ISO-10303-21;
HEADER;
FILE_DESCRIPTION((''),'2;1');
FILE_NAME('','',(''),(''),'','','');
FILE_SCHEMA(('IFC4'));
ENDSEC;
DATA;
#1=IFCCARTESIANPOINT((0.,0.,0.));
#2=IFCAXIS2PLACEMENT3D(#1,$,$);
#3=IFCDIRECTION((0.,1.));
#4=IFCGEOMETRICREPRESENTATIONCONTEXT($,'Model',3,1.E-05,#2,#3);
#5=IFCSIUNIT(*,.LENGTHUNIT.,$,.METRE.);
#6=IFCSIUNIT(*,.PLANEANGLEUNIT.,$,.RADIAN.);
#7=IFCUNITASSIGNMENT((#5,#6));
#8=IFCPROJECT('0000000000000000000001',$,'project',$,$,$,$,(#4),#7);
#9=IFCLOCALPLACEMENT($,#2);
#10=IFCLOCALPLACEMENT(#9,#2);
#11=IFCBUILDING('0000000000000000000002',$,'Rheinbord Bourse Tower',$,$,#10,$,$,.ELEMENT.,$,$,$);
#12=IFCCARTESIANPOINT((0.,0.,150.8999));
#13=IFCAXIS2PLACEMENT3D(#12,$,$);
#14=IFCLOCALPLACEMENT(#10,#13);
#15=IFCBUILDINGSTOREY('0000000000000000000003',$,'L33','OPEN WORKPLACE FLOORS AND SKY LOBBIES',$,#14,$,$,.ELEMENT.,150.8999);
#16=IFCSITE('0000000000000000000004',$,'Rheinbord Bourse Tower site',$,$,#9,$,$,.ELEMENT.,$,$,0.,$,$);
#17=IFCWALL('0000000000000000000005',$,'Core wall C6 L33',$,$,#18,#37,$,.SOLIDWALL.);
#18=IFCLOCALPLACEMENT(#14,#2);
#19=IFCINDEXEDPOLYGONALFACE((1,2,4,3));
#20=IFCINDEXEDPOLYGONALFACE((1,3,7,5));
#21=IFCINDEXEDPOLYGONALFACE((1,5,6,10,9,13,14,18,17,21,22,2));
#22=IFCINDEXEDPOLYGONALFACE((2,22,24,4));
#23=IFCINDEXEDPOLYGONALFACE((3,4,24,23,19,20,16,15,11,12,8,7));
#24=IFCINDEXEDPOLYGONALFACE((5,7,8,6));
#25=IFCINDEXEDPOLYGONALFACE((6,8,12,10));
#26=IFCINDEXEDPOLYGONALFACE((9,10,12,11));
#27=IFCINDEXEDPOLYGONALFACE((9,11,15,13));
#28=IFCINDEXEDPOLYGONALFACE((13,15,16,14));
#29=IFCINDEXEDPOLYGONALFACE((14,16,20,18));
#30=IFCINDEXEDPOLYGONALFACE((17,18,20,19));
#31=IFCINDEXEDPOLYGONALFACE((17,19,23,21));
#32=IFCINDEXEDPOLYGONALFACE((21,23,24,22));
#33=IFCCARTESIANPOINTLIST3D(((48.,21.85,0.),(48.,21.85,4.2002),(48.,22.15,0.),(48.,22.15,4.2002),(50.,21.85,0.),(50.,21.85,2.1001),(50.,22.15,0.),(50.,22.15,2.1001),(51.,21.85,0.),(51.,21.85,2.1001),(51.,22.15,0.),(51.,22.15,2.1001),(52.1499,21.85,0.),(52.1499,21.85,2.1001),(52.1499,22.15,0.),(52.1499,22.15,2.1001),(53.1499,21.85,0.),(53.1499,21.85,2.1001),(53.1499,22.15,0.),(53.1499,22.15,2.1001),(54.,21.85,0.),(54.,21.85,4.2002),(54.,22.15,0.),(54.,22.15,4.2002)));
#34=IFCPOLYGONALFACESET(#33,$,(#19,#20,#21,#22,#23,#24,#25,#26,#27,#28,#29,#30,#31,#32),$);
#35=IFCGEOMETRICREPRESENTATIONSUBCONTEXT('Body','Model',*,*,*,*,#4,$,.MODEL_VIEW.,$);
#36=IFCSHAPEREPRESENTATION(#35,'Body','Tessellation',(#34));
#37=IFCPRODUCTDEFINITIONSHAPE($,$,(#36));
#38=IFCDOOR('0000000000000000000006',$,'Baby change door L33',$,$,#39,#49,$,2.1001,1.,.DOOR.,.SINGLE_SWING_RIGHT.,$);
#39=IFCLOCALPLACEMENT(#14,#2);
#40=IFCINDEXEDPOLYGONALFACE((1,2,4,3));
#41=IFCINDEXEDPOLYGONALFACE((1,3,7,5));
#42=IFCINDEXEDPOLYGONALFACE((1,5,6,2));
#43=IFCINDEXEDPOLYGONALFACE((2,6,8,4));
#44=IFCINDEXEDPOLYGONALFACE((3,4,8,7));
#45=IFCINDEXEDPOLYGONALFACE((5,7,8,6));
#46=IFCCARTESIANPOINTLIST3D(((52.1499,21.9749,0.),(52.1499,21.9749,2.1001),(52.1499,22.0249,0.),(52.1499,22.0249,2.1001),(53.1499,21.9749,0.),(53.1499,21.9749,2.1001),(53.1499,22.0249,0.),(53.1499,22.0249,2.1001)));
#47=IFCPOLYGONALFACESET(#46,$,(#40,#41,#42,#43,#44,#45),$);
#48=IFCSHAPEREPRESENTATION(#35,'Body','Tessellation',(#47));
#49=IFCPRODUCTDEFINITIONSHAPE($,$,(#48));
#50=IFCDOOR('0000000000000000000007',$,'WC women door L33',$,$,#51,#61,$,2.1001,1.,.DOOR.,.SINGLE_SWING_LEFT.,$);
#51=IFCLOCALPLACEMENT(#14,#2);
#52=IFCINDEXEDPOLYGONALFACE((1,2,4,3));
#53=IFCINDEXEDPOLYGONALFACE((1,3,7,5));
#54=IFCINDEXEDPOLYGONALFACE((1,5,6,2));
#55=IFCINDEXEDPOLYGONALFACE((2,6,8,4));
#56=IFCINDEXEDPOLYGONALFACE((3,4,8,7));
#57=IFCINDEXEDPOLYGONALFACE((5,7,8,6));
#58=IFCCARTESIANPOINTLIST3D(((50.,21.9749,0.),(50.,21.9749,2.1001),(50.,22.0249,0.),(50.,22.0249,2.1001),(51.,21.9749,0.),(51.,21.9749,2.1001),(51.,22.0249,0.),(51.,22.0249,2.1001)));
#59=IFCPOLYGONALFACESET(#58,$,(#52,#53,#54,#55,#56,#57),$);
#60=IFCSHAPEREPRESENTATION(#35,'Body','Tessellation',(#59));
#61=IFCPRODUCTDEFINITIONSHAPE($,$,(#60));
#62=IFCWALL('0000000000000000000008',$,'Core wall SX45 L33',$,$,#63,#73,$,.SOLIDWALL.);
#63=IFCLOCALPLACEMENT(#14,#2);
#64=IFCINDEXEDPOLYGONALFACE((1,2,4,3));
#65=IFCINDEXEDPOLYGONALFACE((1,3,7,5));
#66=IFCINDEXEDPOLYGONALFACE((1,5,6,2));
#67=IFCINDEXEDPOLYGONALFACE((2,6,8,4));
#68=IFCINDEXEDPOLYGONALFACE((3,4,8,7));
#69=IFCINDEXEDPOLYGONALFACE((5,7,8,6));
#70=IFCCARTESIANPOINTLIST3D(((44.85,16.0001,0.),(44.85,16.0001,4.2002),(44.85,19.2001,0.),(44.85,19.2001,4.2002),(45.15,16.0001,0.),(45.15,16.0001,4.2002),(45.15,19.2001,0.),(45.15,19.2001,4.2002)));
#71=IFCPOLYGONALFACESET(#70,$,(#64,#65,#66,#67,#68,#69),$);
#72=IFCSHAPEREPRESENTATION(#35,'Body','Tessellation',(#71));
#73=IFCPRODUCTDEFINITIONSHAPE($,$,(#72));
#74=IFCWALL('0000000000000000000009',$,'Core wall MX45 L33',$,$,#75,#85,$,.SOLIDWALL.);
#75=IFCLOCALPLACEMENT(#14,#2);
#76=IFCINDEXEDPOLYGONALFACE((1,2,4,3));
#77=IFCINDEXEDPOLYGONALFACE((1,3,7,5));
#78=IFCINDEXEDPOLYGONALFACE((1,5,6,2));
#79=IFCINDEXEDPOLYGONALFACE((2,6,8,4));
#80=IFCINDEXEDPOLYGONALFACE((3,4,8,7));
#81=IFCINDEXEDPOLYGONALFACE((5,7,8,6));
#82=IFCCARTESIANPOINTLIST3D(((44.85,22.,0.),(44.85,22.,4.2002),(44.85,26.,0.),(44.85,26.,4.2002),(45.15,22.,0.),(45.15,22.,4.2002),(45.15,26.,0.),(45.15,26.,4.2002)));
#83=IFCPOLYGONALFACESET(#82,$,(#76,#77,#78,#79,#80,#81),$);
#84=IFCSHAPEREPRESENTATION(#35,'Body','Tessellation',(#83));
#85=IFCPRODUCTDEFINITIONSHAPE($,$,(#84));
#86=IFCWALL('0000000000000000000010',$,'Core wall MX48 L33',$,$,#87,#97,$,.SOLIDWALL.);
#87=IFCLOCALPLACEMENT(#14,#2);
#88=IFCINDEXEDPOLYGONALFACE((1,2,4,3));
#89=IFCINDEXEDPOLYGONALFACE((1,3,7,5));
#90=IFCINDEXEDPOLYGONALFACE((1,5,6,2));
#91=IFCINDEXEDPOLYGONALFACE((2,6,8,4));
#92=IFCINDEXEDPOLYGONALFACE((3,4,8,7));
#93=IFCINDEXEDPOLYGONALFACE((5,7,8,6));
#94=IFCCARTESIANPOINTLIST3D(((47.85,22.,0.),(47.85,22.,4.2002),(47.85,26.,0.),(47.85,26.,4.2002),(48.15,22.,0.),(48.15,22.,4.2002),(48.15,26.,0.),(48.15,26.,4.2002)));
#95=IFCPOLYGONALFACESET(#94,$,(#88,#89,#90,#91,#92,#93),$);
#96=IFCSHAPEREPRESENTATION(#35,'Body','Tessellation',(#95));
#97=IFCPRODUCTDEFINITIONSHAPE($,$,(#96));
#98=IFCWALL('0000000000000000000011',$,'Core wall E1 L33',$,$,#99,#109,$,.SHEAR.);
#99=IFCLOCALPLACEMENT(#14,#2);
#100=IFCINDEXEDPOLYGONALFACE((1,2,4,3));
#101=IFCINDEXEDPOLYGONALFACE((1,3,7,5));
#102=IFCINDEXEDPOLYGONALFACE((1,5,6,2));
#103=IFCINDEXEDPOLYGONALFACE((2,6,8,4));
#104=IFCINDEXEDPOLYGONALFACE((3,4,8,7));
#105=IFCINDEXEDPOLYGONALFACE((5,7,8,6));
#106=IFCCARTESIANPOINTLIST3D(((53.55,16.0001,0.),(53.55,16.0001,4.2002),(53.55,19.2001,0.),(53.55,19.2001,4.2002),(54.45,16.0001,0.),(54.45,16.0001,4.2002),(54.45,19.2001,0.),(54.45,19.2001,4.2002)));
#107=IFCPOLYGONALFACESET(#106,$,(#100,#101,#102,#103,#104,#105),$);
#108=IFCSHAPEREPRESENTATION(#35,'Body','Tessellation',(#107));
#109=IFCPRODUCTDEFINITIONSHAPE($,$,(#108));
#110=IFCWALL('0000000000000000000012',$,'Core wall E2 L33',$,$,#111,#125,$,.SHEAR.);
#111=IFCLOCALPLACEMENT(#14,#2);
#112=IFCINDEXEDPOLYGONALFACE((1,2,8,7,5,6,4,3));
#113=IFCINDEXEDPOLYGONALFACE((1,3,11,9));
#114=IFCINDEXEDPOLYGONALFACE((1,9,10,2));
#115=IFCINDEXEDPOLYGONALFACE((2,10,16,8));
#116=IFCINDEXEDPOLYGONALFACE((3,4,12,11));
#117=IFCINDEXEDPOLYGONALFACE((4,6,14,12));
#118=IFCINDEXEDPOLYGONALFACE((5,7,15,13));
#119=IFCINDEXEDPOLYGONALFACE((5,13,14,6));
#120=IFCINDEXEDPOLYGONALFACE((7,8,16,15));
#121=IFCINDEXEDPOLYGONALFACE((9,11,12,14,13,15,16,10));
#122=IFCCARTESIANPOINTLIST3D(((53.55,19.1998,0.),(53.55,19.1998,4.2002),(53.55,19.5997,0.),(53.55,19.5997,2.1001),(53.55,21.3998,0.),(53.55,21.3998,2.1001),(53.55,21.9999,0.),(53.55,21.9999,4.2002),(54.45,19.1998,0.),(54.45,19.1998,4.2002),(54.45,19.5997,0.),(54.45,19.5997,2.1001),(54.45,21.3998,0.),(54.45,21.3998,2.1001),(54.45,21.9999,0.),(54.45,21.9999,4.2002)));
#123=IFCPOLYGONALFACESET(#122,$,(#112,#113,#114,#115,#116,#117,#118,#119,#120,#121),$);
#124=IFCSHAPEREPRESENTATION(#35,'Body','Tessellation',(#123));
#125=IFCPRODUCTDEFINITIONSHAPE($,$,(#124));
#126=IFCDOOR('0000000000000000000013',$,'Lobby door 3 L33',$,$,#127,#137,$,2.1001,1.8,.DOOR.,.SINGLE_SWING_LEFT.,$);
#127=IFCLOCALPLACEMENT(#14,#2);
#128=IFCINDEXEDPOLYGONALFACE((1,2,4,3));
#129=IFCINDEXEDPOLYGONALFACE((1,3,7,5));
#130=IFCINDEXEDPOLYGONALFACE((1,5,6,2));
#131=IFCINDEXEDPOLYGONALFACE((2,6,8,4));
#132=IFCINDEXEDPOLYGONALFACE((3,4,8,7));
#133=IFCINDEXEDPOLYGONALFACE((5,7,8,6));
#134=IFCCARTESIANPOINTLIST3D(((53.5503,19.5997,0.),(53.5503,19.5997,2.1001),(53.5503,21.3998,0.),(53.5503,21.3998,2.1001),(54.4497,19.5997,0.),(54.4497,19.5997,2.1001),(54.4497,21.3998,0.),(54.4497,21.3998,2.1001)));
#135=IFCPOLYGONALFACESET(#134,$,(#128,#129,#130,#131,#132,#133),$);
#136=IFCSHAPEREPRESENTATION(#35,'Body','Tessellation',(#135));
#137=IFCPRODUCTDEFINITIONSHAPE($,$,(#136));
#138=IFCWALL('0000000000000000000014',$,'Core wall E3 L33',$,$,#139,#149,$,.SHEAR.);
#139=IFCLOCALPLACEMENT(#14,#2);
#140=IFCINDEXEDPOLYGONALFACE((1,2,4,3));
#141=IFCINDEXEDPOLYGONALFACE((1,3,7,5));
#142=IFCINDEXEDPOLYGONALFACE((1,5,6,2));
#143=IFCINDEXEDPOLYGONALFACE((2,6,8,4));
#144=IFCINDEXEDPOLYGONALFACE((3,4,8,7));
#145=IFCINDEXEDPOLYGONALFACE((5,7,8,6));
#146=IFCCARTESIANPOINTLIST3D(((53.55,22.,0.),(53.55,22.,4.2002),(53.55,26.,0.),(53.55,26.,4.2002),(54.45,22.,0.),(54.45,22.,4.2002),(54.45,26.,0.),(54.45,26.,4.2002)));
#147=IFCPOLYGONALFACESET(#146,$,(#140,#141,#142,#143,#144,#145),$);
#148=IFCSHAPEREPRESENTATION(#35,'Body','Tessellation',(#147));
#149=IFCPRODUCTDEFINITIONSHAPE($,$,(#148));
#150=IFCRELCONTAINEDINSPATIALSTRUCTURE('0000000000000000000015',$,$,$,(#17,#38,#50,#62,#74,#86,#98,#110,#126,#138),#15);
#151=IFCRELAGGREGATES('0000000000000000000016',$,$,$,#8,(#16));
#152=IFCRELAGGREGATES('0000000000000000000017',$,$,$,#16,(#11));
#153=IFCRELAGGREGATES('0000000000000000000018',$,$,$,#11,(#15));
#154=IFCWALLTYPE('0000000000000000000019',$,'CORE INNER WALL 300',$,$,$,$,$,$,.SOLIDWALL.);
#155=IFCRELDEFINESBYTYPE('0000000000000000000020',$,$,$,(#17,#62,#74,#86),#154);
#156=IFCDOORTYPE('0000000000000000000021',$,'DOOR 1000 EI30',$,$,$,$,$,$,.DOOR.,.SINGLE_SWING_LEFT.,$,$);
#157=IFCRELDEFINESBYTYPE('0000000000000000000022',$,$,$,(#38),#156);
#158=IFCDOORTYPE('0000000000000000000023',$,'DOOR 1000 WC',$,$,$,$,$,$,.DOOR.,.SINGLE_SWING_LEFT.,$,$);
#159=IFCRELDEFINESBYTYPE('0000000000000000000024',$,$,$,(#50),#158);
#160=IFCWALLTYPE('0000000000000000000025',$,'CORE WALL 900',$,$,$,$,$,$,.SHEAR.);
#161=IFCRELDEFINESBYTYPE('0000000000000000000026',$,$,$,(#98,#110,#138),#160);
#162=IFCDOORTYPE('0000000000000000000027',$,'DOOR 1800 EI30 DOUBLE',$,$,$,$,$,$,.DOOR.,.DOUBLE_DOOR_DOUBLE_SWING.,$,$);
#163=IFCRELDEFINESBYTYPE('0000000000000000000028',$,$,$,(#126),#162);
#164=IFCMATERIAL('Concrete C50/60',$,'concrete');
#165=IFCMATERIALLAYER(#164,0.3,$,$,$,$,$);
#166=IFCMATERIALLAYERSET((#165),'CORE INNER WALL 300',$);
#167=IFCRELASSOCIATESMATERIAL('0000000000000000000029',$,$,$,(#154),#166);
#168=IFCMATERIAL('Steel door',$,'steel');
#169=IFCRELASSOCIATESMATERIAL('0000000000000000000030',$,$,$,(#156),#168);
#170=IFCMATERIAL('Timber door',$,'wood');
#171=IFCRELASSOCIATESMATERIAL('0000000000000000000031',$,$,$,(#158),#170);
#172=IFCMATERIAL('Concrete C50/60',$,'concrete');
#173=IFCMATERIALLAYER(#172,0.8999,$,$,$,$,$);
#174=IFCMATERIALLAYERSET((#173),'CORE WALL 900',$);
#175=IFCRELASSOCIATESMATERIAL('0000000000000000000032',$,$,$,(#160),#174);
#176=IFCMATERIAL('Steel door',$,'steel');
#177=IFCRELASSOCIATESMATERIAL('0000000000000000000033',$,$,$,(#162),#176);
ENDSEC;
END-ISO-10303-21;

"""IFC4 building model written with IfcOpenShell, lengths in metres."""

from ifc_helpers import new_model, si_unit, direction, frame, frame_2d, origin, place, context, subcontext, project, spatial, rectangle, extrude, material, layer, layer_set, type_object, element, fill, save


model = new_model("IFC4")

# Units and contexts
model_context = context("Model", 3, precision=1e-05, world=origin(), true_north=direction((0.0, 1.0)))
body_context = subcontext(model_context, "Body", "Model", "MODEL_VIEW")
ifc_project = project(units=[si_unit("LENGTHUNIT", "METRE"), si_unit("PLANEANGLEUNIT", "RADIAN")], contexts=[model_context])

# Site, building, storey
site_placement = place(None, origin())
site = spatial("IfcSite", under=ifc_project, at=site_placement, Name="Rheinbord Bourse Tower site", CompositionType="ELEMENT", RefElevation=0.0)
building_placement = place(site_placement, origin())
building = spatial("IfcBuilding", under=site, at=building_placement, Name="Rheinbord Bourse Tower", CompositionType="ELEMENT")
storey_placement = place(building_placement, frame((0.0, 0.0, 150.8999)))
storey = spatial("IfcBuildingStorey", under=building, at=storey_placement, Name="L33", Description="OPEN WORKPLACE FLOORS AND SKY LOBBIES", CompositionType="ELEMENT", Elevation=150.8999)

# Shared definitions
ifc_material_1 = material(Name="Concrete C50/60", Category="concrete")
ifc_layer_1 = layer(ifc_material_1, 0.3)
ifc_layer_set_1 = layer_set([ifc_layer_1], Name="CORE INNER WALL 300")
wall_type_1 = type_object("IfcWallType", Name="CORE INNER WALL 300", PredefinedType="SOLIDWALL", material=ifc_layer_set_1)
ifc_material_2 = material(Name="Steel door", Category="steel")
door_type_1 = type_object("IfcDoorType", Name="DOOR 1000 EI30", OperationType="SINGLE_SWING_LEFT", PredefinedType="DOOR", material=ifc_material_2)
ifc_material_3 = material(Name="Timber door", Category="wood")
door_type_2 = type_object("IfcDoorType", Name="DOOR 1000 WC", OperationType="SINGLE_SWING_LEFT", PredefinedType="DOOR", material=ifc_material_3)

# Wall, openings, doors
wall_1_placement = place(storey_placement, frame((48.0, 22.0, 0.0), z_axis=(0.0, 0.0, 1.0), x_axis=(1.0, 0.0, 0.0)))
wall_1 = element("IfcWall", 1, at=wall_1_placement, inside=storey, type_object=wall_type_1, Name="Core wall C6 L33", PredefinedType="SOLIDWALL", context=body_context, shape_type="SweptSolid", body=[
    extrude(rectangle(XDim=6.0, YDim=0.3, at=frame_2d((3.0, 0.0))), origin(), (0.0, 0.0, 1.0), 4.2002),
])
opening_1_placement = place(wall_1_placement, frame((2.0, 0.0, 0.0)))
opening_1 = element("IfcOpeningElement", 2, at=opening_1_placement, cuts=wall_1, PredefinedType="OPENING", context=body_context, shape_type="SweptSolid", body=[
    extrude(rectangle(XDim=1.0, YDim=2.1001, at=frame_2d((0.5, 1.05))), frame((0.0, 0.1599, 0.0), z_axis=(0.0, -1.0, 0.0), x_axis=(1.0, 0.0, 0.0)), (0.0, 0.0, 1.0), 0.3201),
])
opening_2_placement = place(wall_1_placement, frame((4.1499, 0.0, 0.0)))
opening_2 = element("IfcOpeningElement", 3, at=opening_2_placement, cuts=wall_1, PredefinedType="OPENING", context=body_context, shape_type="SweptSolid", body=[
    extrude(rectangle(XDim=1.0, YDim=2.1001, at=frame_2d((0.5, 1.05))), frame((0.0, 0.1599, 0.0), z_axis=(0.0, -1.0, 0.0), x_axis=(1.0, 0.0, 0.0)), (0.0, 0.0, 1.0), 0.3201),
])
door_1_placement = place(opening_2_placement, origin())
door_1 = element("IfcDoor", 4, at=door_1_placement, inside=storey, type_object=door_type_1, Name="Baby change door L33", OperationType="SINGLE_SWING_RIGHT", OverallHeight=2.1001, OverallWidth=1.0, PredefinedType="DOOR", context=body_context, shape_type="SweptSolid", body=[
    extrude(rectangle(XDim=1.0, YDim=2.1001, at=frame_2d((0.5, 1.05))), frame((0.0, 0.0249, 0.0), z_axis=(0.0, -1.0, 0.0), x_axis=(1.0, 0.0, 0.0)), (0.0, 0.0, 1.0), 0.05),
])
fill(opening_2, door_1)
door_2_placement = place(opening_1_placement, origin())
door_2 = element("IfcDoor", 5, at=door_2_placement, inside=storey, type_object=door_type_2, Name="WC women door L33", OperationType="SINGLE_SWING_LEFT", OverallHeight=2.1001, OverallWidth=1.0, PredefinedType="DOOR", context=body_context, shape_type="SweptSolid", body=[
    extrude(rectangle(XDim=1.0, YDim=2.1001, at=frame_2d((0.5, 1.05))), frame((0.0, 0.0249, 0.0), z_axis=(0.0, -1.0, 0.0), x_axis=(1.0, 0.0, 0.0)), (0.0, 0.0, 1.0), 0.05),
])
fill(opening_1, door_2)

# Walls
wall_2_placement = place(storey_placement, frame((45.0, 16.0, 0.0), z_axis=(0.0, 0.0, 1.0), x_axis=(0.0, 1.0, 0.0)))
element("IfcWall", 6, at=wall_2_placement, inside=storey, type_object=wall_type_1, Name="Core wall SX45 L33", PredefinedType="SOLIDWALL", context=body_context, shape_type="SweptSolid", body=[
    extrude(rectangle(XDim=3.2, YDim=0.3, at=frame_2d((1.6001, 0.0))), origin(), (0.0, 0.0, 1.0), 4.2002),
])
for number, where, z_axis, x_axis, name in (
    (7, (45.0, 22.0, 0.0), (0.0, 0.0, 1.0), (0.0, 1.0, 0.0), "Core wall MX45 L33"),
    (8, (48.0, 22.0, 0.0), (0.0, 0.0, 1.0), (0.0, 1.0, 0.0), "Core wall MX48 L33"),
):
    element("IfcWall", number, at=place(storey_placement, frame(where, z_axis=z_axis, x_axis=x_axis)), inside=storey, type_object=wall_type_1, Name=name, PredefinedType="SOLIDWALL", context=body_context, shape_type="SweptSolid", body=[
        extrude(rectangle(XDim=4.0, YDim=0.3, at=frame_2d((2.0, 0.0))), origin(), (0.0, 0.0, 1.0), 4.2002),
    ])
ifc_material_4 = material(Name="Concrete C50/60", Category="concrete")
ifc_layer_2 = layer(ifc_material_4, 0.8999)
ifc_layer_set_2 = layer_set([ifc_layer_2], Name="CORE WALL 900")
wall_type_2 = type_object("IfcWallType", Name="CORE WALL 900", PredefinedType="SHEAR", material=ifc_layer_set_2)
wall_3_placement = place(storey_placement, frame((54.0, 16.0, 0.0), z_axis=(0.0, 0.0, 1.0), x_axis=(0.0, 1.0, 0.0)))
element("IfcWall", 9, at=wall_3_placement, inside=storey, type_object=wall_type_2, Name="Core wall E1 L33", PredefinedType="SHEAR", context=body_context, shape_type="SweptSolid", body=[
    extrude(rectangle(XDim=3.2, YDim=0.8999, at=frame_2d((1.6001, 0.0))), origin(), (0.0, 0.0, 1.0), 4.2002),
])

# Wall, opening, door
wall_4_placement = place(storey_placement, frame((54.0, 19.2, 0.0), z_axis=(0.0, 0.0, 1.0), x_axis=(0.0, 1.0, 0.0)))
wall_4 = element("IfcWall", 10, at=wall_4_placement, inside=storey, type_object=wall_type_2, Name="Core wall E2 L33", PredefinedType="SHEAR", context=body_context, shape_type="SweptSolid", body=[
    extrude(rectangle(XDim=2.8, YDim=0.8999, at=frame_2d((1.3999, 0.0))), origin(), (0.0, 0.0, 1.0), 4.2002),
])
opening_3_placement = place(wall_4_placement, frame((0.3999, 0.0, 0.0)))
opening_3 = element("IfcOpeningElement", 11, at=opening_3_placement, cuts=wall_4, PredefinedType="OPENING", context=body_context, shape_type="SweptSolid", body=[
    extrude(rectangle(XDim=1.8, YDim=2.1001, at=frame_2d((0.8999, 1.05))), frame((0.0, 0.46, 0.0), z_axis=(0.0, -1.0, 0.0), x_axis=(1.0, 0.0, 0.0)), (0.0, 0.0, 1.0), 0.9199),
])
ifc_material_5 = material(Name="Steel door", Category="steel")
door_type_3 = type_object("IfcDoorType", Name="DOOR 1800 EI30 DOUBLE", OperationType="DOUBLE_DOOR_DOUBLE_SWING", PredefinedType="DOOR", material=ifc_material_5)
door_3_placement = place(opening_3_placement, origin())
door_3 = element("IfcDoor", 12, at=door_3_placement, inside=storey, type_object=door_type_3, Name="Lobby door 3 L33", OperationType="SINGLE_SWING_LEFT", OverallHeight=2.1001, OverallWidth=1.8, PredefinedType="DOOR", context=body_context, shape_type="SweptSolid", body=[
    extrude(rectangle(XDim=1.8, YDim=2.1001, at=frame_2d((0.8999, 1.05))), frame((0.0, 0.4497, 0.0), z_axis=(0.0, -1.0, 0.0), x_axis=(1.0, 0.0, 0.0)), (0.0, 0.0, 1.0), 0.8994),
])
fill(opening_3, door_3)

# Wall
wall_5_placement = place(storey_placement, frame((54.0, 22.0, 0.0), z_axis=(0.0, 0.0, 1.0), x_axis=(0.0, 1.0, 0.0)))
element("IfcWall", 13, at=wall_5_placement, inside=storey, type_object=wall_type_2, Name="Core wall E3 L33", PredefinedType="SHEAR", context=body_context, shape_type="SweptSolid", body=[
    extrude(rectangle(XDim=4.0, YDim=0.8999, at=frame_2d((2.0, 0.0))), origin(), (0.0, 0.0, 1.0), 4.2002),
])

save(model, "model.ifc")
